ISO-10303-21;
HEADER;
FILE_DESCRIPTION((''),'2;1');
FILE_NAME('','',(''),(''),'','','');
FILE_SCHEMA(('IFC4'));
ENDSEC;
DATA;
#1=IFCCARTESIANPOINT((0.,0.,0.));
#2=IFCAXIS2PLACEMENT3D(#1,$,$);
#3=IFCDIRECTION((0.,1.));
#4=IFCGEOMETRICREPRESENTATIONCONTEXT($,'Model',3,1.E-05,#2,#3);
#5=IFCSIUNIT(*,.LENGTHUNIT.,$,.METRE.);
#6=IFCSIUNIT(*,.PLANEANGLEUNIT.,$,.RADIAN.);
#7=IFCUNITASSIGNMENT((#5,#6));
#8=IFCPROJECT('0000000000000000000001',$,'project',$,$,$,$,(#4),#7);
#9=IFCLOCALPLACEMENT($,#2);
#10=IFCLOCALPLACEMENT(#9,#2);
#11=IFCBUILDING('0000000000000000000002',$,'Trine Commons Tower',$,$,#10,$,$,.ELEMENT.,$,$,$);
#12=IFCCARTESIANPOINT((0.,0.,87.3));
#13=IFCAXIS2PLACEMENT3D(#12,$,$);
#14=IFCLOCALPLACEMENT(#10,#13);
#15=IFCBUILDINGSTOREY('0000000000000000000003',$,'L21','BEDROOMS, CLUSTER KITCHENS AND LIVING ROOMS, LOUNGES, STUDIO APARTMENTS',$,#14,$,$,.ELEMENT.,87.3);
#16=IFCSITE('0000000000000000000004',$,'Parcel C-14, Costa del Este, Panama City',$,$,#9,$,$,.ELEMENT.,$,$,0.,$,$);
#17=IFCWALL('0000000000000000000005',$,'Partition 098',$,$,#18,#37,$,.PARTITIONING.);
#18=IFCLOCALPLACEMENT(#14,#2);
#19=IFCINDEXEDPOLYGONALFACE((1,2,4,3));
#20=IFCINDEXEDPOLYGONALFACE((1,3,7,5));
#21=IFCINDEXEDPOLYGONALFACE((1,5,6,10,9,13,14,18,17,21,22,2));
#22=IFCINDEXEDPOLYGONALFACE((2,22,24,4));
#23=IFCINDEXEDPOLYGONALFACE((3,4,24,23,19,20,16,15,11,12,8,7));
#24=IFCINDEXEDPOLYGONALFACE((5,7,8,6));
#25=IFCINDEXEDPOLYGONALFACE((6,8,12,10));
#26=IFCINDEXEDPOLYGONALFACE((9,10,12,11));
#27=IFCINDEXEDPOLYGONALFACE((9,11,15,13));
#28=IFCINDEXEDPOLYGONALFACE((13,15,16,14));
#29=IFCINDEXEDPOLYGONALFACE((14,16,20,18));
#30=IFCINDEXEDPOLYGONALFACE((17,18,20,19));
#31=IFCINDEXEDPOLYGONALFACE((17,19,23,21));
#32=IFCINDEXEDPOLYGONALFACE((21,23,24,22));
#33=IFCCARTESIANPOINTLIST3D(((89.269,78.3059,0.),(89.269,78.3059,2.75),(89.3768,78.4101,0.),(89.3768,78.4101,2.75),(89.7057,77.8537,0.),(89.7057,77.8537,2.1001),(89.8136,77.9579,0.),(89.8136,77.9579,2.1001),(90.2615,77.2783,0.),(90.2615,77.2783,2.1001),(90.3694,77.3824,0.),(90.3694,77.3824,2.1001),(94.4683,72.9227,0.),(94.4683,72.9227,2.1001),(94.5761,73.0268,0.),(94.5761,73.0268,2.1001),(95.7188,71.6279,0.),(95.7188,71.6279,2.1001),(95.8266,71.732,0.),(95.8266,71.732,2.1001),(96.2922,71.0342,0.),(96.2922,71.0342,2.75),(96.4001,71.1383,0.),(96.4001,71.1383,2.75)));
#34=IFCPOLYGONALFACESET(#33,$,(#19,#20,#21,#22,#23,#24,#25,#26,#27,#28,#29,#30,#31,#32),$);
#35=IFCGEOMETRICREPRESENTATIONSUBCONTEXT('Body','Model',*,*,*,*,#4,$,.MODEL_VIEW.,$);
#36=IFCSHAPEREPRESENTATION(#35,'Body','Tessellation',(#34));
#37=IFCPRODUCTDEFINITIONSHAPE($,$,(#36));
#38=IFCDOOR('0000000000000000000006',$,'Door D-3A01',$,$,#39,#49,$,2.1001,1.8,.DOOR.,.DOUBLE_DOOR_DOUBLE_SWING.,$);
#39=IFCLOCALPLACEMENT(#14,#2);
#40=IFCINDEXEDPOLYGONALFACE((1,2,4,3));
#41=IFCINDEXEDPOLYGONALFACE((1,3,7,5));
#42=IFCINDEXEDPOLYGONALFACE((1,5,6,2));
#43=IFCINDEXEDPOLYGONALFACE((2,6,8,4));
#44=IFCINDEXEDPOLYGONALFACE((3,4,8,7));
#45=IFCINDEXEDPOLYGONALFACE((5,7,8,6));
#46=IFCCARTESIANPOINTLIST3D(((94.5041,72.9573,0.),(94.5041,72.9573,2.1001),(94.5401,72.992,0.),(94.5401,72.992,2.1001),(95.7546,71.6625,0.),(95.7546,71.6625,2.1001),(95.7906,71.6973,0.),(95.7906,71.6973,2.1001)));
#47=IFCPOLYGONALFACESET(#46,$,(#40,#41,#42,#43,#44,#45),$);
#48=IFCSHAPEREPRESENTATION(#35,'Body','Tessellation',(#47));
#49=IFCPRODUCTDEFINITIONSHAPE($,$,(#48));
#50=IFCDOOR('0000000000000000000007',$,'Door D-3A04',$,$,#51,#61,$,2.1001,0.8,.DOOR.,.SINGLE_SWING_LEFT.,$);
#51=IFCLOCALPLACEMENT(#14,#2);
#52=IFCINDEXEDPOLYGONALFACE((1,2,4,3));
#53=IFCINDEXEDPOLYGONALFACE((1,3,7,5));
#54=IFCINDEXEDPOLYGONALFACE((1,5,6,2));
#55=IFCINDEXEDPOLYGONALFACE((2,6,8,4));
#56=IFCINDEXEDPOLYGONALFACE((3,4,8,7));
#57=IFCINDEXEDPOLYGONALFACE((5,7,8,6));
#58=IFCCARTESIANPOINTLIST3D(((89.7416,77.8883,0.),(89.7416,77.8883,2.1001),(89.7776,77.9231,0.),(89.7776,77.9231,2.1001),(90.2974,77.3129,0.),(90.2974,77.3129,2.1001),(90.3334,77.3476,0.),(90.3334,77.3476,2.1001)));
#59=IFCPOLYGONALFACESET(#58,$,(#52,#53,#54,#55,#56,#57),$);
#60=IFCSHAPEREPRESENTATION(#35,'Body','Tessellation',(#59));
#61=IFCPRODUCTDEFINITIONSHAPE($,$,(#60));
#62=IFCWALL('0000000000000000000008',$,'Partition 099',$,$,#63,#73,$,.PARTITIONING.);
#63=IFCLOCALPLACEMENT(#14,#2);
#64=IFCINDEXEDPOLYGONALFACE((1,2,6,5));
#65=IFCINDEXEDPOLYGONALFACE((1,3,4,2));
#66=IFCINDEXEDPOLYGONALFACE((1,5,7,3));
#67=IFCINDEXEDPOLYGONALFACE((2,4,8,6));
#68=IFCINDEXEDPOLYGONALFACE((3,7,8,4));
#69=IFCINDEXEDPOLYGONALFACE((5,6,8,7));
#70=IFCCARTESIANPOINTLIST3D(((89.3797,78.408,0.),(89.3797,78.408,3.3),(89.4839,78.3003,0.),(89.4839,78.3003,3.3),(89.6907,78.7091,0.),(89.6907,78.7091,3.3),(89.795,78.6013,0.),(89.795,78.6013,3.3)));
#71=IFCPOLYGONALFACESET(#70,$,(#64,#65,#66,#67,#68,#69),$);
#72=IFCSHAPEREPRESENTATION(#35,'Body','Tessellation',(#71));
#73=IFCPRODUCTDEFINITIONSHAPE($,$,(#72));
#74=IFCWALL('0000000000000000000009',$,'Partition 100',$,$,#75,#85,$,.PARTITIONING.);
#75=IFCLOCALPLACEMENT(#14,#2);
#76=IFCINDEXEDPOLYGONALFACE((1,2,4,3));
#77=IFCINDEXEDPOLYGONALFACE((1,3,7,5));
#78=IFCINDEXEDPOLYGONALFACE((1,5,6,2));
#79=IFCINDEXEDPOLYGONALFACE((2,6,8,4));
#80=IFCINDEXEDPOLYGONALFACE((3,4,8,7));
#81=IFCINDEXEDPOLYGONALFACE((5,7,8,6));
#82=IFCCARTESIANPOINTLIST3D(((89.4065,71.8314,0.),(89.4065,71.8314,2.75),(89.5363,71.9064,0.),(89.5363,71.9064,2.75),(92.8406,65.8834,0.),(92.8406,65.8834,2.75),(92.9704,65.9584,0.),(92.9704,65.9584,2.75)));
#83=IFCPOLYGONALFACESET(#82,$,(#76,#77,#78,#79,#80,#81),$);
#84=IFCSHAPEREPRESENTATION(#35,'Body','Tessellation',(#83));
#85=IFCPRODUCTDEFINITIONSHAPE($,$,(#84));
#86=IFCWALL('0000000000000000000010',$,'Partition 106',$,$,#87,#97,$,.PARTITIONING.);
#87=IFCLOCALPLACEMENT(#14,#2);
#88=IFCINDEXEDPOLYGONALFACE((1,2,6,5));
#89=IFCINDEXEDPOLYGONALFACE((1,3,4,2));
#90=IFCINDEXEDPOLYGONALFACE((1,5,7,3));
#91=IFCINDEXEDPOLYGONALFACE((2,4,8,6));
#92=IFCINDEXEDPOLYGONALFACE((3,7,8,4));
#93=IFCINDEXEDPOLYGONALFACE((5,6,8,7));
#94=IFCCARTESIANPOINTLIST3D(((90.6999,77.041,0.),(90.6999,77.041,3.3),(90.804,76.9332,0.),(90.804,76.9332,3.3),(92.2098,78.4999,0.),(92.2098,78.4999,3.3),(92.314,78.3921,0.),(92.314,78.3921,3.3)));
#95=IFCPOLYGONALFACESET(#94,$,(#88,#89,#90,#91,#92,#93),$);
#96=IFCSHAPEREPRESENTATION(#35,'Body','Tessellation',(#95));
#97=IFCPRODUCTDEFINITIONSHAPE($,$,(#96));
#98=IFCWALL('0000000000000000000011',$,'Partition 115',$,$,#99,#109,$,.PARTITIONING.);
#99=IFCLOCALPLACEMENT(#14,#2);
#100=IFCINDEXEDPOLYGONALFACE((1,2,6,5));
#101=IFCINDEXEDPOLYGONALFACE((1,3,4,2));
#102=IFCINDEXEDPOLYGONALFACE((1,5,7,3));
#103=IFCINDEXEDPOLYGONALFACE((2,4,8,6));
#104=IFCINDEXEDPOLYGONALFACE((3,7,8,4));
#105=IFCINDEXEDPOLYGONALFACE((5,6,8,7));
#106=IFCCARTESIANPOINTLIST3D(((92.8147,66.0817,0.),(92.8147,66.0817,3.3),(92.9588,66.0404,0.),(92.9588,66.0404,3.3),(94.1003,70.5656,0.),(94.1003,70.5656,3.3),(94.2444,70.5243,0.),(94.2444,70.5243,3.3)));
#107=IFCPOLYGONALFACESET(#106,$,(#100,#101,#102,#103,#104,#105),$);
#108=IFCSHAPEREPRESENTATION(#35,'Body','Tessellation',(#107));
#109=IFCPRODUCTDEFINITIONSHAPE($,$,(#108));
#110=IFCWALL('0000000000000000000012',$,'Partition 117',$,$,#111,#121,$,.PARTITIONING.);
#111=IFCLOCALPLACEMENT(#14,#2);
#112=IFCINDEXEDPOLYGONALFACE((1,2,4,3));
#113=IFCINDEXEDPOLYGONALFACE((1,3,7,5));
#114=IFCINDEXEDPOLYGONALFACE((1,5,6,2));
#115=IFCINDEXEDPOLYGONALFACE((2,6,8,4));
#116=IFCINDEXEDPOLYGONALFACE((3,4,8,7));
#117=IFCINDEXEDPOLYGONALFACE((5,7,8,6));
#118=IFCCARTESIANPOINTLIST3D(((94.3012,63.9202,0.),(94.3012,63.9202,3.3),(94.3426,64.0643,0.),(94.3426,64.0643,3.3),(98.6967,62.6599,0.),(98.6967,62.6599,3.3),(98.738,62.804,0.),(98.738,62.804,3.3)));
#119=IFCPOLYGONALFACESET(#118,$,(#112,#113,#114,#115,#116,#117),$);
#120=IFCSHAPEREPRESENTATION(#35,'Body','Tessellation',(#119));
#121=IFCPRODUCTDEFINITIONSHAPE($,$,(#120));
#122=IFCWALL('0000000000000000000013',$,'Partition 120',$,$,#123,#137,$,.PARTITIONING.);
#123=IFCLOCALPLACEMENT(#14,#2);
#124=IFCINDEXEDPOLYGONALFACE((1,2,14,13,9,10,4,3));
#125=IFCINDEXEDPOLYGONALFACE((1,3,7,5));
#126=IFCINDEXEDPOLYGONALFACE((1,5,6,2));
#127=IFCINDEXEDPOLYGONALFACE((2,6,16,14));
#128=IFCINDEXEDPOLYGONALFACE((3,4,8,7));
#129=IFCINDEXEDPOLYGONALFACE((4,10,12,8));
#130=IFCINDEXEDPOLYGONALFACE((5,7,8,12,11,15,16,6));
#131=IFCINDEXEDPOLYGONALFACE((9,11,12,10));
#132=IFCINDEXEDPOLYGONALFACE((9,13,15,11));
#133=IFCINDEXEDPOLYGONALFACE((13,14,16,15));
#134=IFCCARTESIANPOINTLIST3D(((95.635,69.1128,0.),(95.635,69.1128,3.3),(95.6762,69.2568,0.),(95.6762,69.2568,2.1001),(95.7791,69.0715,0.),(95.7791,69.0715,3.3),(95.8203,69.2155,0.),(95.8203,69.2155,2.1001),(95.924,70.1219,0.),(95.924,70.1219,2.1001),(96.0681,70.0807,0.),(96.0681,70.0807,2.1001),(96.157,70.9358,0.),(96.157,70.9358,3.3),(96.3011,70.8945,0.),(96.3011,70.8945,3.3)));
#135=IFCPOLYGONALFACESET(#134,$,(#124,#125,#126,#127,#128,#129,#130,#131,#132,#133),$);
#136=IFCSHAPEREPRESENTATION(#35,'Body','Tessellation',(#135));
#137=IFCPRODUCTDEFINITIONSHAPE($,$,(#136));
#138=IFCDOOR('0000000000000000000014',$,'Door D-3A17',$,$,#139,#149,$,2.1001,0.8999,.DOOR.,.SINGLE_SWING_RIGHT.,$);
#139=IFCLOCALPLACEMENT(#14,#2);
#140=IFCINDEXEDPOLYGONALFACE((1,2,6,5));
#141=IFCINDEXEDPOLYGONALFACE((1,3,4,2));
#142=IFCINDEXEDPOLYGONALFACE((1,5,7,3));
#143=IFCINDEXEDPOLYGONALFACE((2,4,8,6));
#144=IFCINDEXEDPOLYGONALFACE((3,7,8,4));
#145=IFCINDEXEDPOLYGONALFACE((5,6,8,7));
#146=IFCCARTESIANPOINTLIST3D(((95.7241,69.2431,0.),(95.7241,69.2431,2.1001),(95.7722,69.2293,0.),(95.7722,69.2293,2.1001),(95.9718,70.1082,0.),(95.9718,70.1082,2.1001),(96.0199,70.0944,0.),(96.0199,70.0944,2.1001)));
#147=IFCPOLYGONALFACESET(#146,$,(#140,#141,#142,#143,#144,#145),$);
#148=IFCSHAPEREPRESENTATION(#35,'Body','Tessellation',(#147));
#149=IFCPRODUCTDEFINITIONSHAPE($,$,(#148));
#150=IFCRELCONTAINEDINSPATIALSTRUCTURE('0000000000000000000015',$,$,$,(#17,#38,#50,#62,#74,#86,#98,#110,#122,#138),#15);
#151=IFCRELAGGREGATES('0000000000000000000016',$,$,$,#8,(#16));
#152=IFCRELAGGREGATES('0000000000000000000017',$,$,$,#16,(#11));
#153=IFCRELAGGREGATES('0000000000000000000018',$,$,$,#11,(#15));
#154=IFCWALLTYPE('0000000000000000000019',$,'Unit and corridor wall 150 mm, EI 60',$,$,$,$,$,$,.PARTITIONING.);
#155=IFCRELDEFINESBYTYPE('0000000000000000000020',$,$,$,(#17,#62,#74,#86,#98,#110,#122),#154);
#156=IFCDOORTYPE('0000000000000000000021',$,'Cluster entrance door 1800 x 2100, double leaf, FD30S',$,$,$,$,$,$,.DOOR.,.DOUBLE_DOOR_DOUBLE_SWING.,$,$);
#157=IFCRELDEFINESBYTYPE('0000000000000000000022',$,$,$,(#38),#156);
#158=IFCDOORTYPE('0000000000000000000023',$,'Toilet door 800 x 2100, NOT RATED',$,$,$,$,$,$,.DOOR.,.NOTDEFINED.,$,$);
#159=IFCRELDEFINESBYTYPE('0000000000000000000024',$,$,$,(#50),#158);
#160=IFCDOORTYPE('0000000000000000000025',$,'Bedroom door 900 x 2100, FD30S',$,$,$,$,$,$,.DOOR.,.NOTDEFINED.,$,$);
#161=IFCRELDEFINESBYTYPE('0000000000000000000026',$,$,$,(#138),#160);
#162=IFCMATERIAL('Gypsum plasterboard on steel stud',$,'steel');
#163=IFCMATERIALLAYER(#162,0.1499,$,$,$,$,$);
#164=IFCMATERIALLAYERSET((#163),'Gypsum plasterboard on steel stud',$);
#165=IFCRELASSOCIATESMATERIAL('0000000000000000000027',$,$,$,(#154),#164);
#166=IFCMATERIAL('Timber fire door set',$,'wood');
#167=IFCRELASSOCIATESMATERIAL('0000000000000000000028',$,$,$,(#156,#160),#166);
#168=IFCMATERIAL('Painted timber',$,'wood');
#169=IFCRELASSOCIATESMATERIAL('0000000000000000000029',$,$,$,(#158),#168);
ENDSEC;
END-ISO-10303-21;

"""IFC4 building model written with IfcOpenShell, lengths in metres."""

from ifc_helpers import new_model, si_unit, direction, frame, frame_2d, origin, place, context, subcontext, project, spatial, rectangle, extrude, material, layer, layer_set, type_object, element, fill, save


model = new_model("IFC4")

# Units and contexts
model_context = context("Model", 3, precision=1e-05, world=origin(), true_north=direction((0.0, 1.0)))
body_context = subcontext(model_context, "Body", "Model", "MODEL_VIEW")
ifc_project = project(units=[si_unit("LENGTHUNIT", "METRE"), si_unit("PLANEANGLEUNIT", "RADIAN")], contexts=[model_context])

# Site, building, storey
site_placement = place(None, origin())
site = spatial("IfcSite", under=ifc_project, at=site_placement, Name="Parcel C-14, Costa del Este, Panama City", CompositionType="ELEMENT", RefElevation=0.0)
building_placement = place(site_placement, origin())
building = spatial("IfcBuilding", under=site, at=building_placement, Name="Trine Commons Tower", CompositionType="ELEMENT")
storey_placement = place(building_placement, frame((0.0, 0.0, 87.3)))
storey = spatial("IfcBuildingStorey", under=building, at=storey_placement, Name="L21", Description="BEDROOMS, CLUSTER KITCHENS AND LIVING ROOMS, LOUNGES, STUDIO APARTMENTS", CompositionType="ELEMENT", Elevation=87.3)

# Shared definitions
ifc_material_1 = material(Name="Gypsum plasterboard on steel stud", Category="steel")
ifc_layer_1 = layer(ifc_material_1, 0.1499)
ifc_layer_set_1 = layer_set([ifc_layer_1], Name="Gypsum plasterboard on steel stud")
wall_type_1 = type_object("IfcWallType", Name="Unit and corridor wall 150 mm, EI 60", PredefinedType="PARTITIONING", material=ifc_layer_set_1)
ifc_material_2 = material(Name="Timber fire door set", Category="wood")

# Wall, openings, doors
wall_1_placement = place(storey_placement, frame((89.323, 78.3579, 0.0), z_axis=(0.0, 0.0, 1.0), x_axis=(0.694708, -0.719292, 0.0)))
wall_1 = element("IfcWall", 1, at=wall_1_placement, inside=storey, type_object=wall_type_1, Name="Partition 098", PredefinedType="PARTITIONING", context=body_context, shape_type="SweptSolid", body=[
    extrude(rectangle(XDim=10.1096, YDim=0.1499, at=frame_2d((5.0547, 0.0))), origin(), (0.0, 0.0, 1.0), 2.75),
])
opening_1_placement = place(wall_1_placement, frame((7.4841, 0.0, 0.0)))
opening_1 = element("IfcOpeningElement", 2, at=opening_1_placement, cuts=wall_1, PredefinedType="OPENING", context=body_context, shape_type="SweptSolid", body=[
    extrude(rectangle(XDim=1.8, YDim=2.1001, at=frame_2d((0.8999, 1.05))), frame((0.0, 0.085, 0.0), z_axis=(0.0, -1.0, 0.0), x_axis=(1.0, 0.0, 0.0)), (0.0, 0.0, 1.0), 0.1699),
])
opening_2_placement = place(wall_1_placement, frame((0.6287, 0.0, 0.0)))
opening_2 = element("IfcOpeningElement", 3, at=opening_2_placement, cuts=wall_1, PredefinedType="OPENING", context=body_context, shape_type="SweptSolid", body=[
    extrude(rectangle(XDim=0.8, YDim=2.1001, at=frame_2d((0.3999, 1.05))), frame((0.0, 0.085, 0.0), z_axis=(0.0, -1.0, 0.0), x_axis=(1.0, 0.0, 0.0)), (0.0, 0.0, 1.0), 0.1699),
])
door_type_1 = type_object("IfcDoorType", Name="Cluster entrance door 1800 x 2100, double leaf, FD30S", OperationType="DOUBLE_DOOR_DOUBLE_SWING", PredefinedType="DOOR", material=ifc_material_2)
door_1_placement = place(opening_1_placement, origin())
door_1 = element("IfcDoor", 4, at=door_1_placement, inside=storey, type_object=door_type_1, Name="Door D-3A01", OperationType="DOUBLE_DOOR_DOUBLE_SWING", OverallHeight=2.1001, OverallWidth=1.8, PredefinedType="DOOR", context=body_context, shape_type="SweptSolid", body=[
    extrude(rectangle(XDim=1.8, YDim=2.1001, at=frame_2d((0.8999, 1.05))), frame((0.0, 0.0249, 0.0), z_axis=(0.0, -1.0, 0.0), x_axis=(1.0, 0.0, 0.0)), (0.0, 0.0, 1.0), 0.05),
])
fill(opening_1, door_1)
ifc_material_3 = material(Name="Painted timber", Category="wood")
door_type_2 = type_object("IfcDoorType", Name="Toilet door 800 x 2100, NOT RATED", OperationType="NOTDEFINED", PredefinedType="DOOR", material=ifc_material_3)
door_2_placement = place(opening_2_placement, origin())
door_2 = element("IfcDoor", 5, at=door_2_placement, inside=storey, type_object=door_type_2, Name="Door D-3A04", OperationType="SINGLE_SWING_LEFT", OverallHeight=2.1001, OverallWidth=0.8, PredefinedType="DOOR", context=body_context, shape_type="SweptSolid", body=[
    extrude(rectangle(XDim=0.8, YDim=2.1001, at=frame_2d((0.3999, 1.05))), frame((0.0, 0.0249, 0.0), z_axis=(0.0, -1.0, 0.0), x_axis=(1.0, 0.0, 0.0)), (0.0, 0.0, 1.0), 0.05),
])
fill(opening_2, door_2)

# Walls
wall_2_placement = place(storey_placement, frame((89.4319, 78.3542, 0.0), z_axis=(0.0, 0.0, 1.0), x_axis=(0.718575, 0.69545, 0.0)))
element("IfcWall", 6, at=wall_2_placement, inside=storey, type_object=wall_type_1, Name="Partition 099", PredefinedType="PARTITIONING", context=body_context, shape_type="SweptSolid", body=[
    extrude(rectangle(XDim=0.4329, YDim=0.1499, at=frame_2d((0.2163, 0.0))), origin(), (0.0, 0.0, 1.0), 3.3),
])
wall_3_placement = place(storey_placement, frame((89.4714, 71.8689, 0.0), z_axis=(0.0, 0.0, 1.0), x_axis=(0.5, -0.866025, 0.0)))
element("IfcWall", 7, at=wall_3_placement, inside=storey, type_object=wall_type_1, Name="Partition 100", PredefinedType="PARTITIONING", context=body_context, shape_type="SweptSolid", body=[
    extrude(rectangle(XDim=6.8682, YDim=0.1499, at=frame_2d((3.4341, 0.0))), origin(), (0.0, 0.0, 1.0), 2.75),
])
wall_4_placement = place(storey_placement, frame((90.752, 76.9871, 0.0), z_axis=(0.0, 0.0, 1.0), x_axis=(0.719153, 0.694852, 0.0)))
element("IfcWall", 8, at=wall_4_placement, inside=storey, type_object=wall_type_1, Name="Partition 106", PredefinedType="PARTITIONING", context=body_context, shape_type="SweptSolid", body=[
    extrude(rectangle(XDim=2.0996, YDim=0.1499, at=frame_2d((1.0498, 0.0))), origin(), (0.0, 0.0, 1.0), 3.3),
])
wall_5_placement = place(storey_placement, frame((92.8867, 66.061, 0.0), z_axis=(0.0, 0.0, 1.0), x_axis=(0.27562, 0.961267, 0.0)))
element("IfcWall", 9, at=wall_5_placement, inside=storey, type_object=wall_type_1, Name="Partition 115", PredefinedType="PARTITIONING", context=body_context, shape_type="SweptSolid", body=[
    extrude(rectangle(XDim=4.6646, YDim=0.1499, at=frame_2d((2.3323, 0.0))), origin(), (0.0, 0.0, 1.0), 3.3),
])
wall_6_placement = place(storey_placement, frame((94.322, 63.9922, 0.0), z_axis=(0.0, 0.0, 1.0), x_axis=(0.96127, -0.27561, 0.0)))
element("IfcWall", 10, at=wall_6_placement, inside=storey, type_object=wall_type_1, Name="Partition 117", PredefinedType="PARTITIONING", context=body_context, shape_type="SweptSolid", body=[
    extrude(rectangle(XDim=4.5725, YDim=0.1499, at=frame_2d((2.2861, 0.0))), origin(), (0.0, 0.0, 1.0), 3.3),
])

# Wall, opening, door
wall_7_placement = place(storey_placement, frame((95.707, 69.092, 0.0), z_axis=(0.0, 0.0, 1.0), x_axis=(0.275265, 0.961368, 0.0)))
wall_7 = element("IfcWall", 11, at=wall_7_placement, inside=storey, type_object=wall_type_1, Name="Partition 120", PredefinedType="PARTITIONING", context=body_context, shape_type="SweptSolid", body=[
    extrude(rectangle(XDim=1.8962, YDim=0.1499, at=frame_2d((0.9482, 0.0))), origin(), (0.0, 0.0, 1.0), 3.3),
])
opening_3_placement = place(wall_7_placement, frame((0.1499, 0.0, 0.0)))
opening_3 = element("IfcOpeningElement", 12, at=opening_3_placement, cuts=wall_7, PredefinedType="OPENING", context=body_context, shape_type="SweptSolid", body=[
    extrude(rectangle(XDim=0.8999, YDim=2.1001, at=frame_2d((0.45, 1.05))), frame((0.0, 0.085, 0.0), z_axis=(0.0, -1.0, 0.0), x_axis=(1.0, 0.0, 0.0)), (0.0, 0.0, 1.0), 0.1699),
])
door_type_3 = type_object("IfcDoorType", Name="Bedroom door 900 x 2100, FD30S", OperationType="NOTDEFINED", PredefinedType="DOOR", material=ifc_material_2)
door_3_placement = place(opening_3_placement, frame((0.8999, 0.0, 0.0), z_axis=(0.0, 0.0, 1.0), x_axis=(-1.0, 0.0, 0.0)))
door_3 = element("IfcDoor", 13, at=door_3_placement, inside=storey, type_object=door_type_3, Name="Door D-3A17", OperationType="SINGLE_SWING_RIGHT", OverallHeight=2.1001, OverallWidth=0.8999, PredefinedType="DOOR", context=body_context, shape_type="SweptSolid", body=[
    extrude(rectangle(XDim=0.8999, YDim=2.1001, at=frame_2d((0.45, 1.05))), frame((0.0, 0.0249, 0.0), z_axis=(0.0, -1.0, 0.0), x_axis=(1.0, 0.0, 0.0)), (0.0, 0.0, 1.0), 0.05),
])
fill(opening_3, door_3)

save(model, "model.ifc")
